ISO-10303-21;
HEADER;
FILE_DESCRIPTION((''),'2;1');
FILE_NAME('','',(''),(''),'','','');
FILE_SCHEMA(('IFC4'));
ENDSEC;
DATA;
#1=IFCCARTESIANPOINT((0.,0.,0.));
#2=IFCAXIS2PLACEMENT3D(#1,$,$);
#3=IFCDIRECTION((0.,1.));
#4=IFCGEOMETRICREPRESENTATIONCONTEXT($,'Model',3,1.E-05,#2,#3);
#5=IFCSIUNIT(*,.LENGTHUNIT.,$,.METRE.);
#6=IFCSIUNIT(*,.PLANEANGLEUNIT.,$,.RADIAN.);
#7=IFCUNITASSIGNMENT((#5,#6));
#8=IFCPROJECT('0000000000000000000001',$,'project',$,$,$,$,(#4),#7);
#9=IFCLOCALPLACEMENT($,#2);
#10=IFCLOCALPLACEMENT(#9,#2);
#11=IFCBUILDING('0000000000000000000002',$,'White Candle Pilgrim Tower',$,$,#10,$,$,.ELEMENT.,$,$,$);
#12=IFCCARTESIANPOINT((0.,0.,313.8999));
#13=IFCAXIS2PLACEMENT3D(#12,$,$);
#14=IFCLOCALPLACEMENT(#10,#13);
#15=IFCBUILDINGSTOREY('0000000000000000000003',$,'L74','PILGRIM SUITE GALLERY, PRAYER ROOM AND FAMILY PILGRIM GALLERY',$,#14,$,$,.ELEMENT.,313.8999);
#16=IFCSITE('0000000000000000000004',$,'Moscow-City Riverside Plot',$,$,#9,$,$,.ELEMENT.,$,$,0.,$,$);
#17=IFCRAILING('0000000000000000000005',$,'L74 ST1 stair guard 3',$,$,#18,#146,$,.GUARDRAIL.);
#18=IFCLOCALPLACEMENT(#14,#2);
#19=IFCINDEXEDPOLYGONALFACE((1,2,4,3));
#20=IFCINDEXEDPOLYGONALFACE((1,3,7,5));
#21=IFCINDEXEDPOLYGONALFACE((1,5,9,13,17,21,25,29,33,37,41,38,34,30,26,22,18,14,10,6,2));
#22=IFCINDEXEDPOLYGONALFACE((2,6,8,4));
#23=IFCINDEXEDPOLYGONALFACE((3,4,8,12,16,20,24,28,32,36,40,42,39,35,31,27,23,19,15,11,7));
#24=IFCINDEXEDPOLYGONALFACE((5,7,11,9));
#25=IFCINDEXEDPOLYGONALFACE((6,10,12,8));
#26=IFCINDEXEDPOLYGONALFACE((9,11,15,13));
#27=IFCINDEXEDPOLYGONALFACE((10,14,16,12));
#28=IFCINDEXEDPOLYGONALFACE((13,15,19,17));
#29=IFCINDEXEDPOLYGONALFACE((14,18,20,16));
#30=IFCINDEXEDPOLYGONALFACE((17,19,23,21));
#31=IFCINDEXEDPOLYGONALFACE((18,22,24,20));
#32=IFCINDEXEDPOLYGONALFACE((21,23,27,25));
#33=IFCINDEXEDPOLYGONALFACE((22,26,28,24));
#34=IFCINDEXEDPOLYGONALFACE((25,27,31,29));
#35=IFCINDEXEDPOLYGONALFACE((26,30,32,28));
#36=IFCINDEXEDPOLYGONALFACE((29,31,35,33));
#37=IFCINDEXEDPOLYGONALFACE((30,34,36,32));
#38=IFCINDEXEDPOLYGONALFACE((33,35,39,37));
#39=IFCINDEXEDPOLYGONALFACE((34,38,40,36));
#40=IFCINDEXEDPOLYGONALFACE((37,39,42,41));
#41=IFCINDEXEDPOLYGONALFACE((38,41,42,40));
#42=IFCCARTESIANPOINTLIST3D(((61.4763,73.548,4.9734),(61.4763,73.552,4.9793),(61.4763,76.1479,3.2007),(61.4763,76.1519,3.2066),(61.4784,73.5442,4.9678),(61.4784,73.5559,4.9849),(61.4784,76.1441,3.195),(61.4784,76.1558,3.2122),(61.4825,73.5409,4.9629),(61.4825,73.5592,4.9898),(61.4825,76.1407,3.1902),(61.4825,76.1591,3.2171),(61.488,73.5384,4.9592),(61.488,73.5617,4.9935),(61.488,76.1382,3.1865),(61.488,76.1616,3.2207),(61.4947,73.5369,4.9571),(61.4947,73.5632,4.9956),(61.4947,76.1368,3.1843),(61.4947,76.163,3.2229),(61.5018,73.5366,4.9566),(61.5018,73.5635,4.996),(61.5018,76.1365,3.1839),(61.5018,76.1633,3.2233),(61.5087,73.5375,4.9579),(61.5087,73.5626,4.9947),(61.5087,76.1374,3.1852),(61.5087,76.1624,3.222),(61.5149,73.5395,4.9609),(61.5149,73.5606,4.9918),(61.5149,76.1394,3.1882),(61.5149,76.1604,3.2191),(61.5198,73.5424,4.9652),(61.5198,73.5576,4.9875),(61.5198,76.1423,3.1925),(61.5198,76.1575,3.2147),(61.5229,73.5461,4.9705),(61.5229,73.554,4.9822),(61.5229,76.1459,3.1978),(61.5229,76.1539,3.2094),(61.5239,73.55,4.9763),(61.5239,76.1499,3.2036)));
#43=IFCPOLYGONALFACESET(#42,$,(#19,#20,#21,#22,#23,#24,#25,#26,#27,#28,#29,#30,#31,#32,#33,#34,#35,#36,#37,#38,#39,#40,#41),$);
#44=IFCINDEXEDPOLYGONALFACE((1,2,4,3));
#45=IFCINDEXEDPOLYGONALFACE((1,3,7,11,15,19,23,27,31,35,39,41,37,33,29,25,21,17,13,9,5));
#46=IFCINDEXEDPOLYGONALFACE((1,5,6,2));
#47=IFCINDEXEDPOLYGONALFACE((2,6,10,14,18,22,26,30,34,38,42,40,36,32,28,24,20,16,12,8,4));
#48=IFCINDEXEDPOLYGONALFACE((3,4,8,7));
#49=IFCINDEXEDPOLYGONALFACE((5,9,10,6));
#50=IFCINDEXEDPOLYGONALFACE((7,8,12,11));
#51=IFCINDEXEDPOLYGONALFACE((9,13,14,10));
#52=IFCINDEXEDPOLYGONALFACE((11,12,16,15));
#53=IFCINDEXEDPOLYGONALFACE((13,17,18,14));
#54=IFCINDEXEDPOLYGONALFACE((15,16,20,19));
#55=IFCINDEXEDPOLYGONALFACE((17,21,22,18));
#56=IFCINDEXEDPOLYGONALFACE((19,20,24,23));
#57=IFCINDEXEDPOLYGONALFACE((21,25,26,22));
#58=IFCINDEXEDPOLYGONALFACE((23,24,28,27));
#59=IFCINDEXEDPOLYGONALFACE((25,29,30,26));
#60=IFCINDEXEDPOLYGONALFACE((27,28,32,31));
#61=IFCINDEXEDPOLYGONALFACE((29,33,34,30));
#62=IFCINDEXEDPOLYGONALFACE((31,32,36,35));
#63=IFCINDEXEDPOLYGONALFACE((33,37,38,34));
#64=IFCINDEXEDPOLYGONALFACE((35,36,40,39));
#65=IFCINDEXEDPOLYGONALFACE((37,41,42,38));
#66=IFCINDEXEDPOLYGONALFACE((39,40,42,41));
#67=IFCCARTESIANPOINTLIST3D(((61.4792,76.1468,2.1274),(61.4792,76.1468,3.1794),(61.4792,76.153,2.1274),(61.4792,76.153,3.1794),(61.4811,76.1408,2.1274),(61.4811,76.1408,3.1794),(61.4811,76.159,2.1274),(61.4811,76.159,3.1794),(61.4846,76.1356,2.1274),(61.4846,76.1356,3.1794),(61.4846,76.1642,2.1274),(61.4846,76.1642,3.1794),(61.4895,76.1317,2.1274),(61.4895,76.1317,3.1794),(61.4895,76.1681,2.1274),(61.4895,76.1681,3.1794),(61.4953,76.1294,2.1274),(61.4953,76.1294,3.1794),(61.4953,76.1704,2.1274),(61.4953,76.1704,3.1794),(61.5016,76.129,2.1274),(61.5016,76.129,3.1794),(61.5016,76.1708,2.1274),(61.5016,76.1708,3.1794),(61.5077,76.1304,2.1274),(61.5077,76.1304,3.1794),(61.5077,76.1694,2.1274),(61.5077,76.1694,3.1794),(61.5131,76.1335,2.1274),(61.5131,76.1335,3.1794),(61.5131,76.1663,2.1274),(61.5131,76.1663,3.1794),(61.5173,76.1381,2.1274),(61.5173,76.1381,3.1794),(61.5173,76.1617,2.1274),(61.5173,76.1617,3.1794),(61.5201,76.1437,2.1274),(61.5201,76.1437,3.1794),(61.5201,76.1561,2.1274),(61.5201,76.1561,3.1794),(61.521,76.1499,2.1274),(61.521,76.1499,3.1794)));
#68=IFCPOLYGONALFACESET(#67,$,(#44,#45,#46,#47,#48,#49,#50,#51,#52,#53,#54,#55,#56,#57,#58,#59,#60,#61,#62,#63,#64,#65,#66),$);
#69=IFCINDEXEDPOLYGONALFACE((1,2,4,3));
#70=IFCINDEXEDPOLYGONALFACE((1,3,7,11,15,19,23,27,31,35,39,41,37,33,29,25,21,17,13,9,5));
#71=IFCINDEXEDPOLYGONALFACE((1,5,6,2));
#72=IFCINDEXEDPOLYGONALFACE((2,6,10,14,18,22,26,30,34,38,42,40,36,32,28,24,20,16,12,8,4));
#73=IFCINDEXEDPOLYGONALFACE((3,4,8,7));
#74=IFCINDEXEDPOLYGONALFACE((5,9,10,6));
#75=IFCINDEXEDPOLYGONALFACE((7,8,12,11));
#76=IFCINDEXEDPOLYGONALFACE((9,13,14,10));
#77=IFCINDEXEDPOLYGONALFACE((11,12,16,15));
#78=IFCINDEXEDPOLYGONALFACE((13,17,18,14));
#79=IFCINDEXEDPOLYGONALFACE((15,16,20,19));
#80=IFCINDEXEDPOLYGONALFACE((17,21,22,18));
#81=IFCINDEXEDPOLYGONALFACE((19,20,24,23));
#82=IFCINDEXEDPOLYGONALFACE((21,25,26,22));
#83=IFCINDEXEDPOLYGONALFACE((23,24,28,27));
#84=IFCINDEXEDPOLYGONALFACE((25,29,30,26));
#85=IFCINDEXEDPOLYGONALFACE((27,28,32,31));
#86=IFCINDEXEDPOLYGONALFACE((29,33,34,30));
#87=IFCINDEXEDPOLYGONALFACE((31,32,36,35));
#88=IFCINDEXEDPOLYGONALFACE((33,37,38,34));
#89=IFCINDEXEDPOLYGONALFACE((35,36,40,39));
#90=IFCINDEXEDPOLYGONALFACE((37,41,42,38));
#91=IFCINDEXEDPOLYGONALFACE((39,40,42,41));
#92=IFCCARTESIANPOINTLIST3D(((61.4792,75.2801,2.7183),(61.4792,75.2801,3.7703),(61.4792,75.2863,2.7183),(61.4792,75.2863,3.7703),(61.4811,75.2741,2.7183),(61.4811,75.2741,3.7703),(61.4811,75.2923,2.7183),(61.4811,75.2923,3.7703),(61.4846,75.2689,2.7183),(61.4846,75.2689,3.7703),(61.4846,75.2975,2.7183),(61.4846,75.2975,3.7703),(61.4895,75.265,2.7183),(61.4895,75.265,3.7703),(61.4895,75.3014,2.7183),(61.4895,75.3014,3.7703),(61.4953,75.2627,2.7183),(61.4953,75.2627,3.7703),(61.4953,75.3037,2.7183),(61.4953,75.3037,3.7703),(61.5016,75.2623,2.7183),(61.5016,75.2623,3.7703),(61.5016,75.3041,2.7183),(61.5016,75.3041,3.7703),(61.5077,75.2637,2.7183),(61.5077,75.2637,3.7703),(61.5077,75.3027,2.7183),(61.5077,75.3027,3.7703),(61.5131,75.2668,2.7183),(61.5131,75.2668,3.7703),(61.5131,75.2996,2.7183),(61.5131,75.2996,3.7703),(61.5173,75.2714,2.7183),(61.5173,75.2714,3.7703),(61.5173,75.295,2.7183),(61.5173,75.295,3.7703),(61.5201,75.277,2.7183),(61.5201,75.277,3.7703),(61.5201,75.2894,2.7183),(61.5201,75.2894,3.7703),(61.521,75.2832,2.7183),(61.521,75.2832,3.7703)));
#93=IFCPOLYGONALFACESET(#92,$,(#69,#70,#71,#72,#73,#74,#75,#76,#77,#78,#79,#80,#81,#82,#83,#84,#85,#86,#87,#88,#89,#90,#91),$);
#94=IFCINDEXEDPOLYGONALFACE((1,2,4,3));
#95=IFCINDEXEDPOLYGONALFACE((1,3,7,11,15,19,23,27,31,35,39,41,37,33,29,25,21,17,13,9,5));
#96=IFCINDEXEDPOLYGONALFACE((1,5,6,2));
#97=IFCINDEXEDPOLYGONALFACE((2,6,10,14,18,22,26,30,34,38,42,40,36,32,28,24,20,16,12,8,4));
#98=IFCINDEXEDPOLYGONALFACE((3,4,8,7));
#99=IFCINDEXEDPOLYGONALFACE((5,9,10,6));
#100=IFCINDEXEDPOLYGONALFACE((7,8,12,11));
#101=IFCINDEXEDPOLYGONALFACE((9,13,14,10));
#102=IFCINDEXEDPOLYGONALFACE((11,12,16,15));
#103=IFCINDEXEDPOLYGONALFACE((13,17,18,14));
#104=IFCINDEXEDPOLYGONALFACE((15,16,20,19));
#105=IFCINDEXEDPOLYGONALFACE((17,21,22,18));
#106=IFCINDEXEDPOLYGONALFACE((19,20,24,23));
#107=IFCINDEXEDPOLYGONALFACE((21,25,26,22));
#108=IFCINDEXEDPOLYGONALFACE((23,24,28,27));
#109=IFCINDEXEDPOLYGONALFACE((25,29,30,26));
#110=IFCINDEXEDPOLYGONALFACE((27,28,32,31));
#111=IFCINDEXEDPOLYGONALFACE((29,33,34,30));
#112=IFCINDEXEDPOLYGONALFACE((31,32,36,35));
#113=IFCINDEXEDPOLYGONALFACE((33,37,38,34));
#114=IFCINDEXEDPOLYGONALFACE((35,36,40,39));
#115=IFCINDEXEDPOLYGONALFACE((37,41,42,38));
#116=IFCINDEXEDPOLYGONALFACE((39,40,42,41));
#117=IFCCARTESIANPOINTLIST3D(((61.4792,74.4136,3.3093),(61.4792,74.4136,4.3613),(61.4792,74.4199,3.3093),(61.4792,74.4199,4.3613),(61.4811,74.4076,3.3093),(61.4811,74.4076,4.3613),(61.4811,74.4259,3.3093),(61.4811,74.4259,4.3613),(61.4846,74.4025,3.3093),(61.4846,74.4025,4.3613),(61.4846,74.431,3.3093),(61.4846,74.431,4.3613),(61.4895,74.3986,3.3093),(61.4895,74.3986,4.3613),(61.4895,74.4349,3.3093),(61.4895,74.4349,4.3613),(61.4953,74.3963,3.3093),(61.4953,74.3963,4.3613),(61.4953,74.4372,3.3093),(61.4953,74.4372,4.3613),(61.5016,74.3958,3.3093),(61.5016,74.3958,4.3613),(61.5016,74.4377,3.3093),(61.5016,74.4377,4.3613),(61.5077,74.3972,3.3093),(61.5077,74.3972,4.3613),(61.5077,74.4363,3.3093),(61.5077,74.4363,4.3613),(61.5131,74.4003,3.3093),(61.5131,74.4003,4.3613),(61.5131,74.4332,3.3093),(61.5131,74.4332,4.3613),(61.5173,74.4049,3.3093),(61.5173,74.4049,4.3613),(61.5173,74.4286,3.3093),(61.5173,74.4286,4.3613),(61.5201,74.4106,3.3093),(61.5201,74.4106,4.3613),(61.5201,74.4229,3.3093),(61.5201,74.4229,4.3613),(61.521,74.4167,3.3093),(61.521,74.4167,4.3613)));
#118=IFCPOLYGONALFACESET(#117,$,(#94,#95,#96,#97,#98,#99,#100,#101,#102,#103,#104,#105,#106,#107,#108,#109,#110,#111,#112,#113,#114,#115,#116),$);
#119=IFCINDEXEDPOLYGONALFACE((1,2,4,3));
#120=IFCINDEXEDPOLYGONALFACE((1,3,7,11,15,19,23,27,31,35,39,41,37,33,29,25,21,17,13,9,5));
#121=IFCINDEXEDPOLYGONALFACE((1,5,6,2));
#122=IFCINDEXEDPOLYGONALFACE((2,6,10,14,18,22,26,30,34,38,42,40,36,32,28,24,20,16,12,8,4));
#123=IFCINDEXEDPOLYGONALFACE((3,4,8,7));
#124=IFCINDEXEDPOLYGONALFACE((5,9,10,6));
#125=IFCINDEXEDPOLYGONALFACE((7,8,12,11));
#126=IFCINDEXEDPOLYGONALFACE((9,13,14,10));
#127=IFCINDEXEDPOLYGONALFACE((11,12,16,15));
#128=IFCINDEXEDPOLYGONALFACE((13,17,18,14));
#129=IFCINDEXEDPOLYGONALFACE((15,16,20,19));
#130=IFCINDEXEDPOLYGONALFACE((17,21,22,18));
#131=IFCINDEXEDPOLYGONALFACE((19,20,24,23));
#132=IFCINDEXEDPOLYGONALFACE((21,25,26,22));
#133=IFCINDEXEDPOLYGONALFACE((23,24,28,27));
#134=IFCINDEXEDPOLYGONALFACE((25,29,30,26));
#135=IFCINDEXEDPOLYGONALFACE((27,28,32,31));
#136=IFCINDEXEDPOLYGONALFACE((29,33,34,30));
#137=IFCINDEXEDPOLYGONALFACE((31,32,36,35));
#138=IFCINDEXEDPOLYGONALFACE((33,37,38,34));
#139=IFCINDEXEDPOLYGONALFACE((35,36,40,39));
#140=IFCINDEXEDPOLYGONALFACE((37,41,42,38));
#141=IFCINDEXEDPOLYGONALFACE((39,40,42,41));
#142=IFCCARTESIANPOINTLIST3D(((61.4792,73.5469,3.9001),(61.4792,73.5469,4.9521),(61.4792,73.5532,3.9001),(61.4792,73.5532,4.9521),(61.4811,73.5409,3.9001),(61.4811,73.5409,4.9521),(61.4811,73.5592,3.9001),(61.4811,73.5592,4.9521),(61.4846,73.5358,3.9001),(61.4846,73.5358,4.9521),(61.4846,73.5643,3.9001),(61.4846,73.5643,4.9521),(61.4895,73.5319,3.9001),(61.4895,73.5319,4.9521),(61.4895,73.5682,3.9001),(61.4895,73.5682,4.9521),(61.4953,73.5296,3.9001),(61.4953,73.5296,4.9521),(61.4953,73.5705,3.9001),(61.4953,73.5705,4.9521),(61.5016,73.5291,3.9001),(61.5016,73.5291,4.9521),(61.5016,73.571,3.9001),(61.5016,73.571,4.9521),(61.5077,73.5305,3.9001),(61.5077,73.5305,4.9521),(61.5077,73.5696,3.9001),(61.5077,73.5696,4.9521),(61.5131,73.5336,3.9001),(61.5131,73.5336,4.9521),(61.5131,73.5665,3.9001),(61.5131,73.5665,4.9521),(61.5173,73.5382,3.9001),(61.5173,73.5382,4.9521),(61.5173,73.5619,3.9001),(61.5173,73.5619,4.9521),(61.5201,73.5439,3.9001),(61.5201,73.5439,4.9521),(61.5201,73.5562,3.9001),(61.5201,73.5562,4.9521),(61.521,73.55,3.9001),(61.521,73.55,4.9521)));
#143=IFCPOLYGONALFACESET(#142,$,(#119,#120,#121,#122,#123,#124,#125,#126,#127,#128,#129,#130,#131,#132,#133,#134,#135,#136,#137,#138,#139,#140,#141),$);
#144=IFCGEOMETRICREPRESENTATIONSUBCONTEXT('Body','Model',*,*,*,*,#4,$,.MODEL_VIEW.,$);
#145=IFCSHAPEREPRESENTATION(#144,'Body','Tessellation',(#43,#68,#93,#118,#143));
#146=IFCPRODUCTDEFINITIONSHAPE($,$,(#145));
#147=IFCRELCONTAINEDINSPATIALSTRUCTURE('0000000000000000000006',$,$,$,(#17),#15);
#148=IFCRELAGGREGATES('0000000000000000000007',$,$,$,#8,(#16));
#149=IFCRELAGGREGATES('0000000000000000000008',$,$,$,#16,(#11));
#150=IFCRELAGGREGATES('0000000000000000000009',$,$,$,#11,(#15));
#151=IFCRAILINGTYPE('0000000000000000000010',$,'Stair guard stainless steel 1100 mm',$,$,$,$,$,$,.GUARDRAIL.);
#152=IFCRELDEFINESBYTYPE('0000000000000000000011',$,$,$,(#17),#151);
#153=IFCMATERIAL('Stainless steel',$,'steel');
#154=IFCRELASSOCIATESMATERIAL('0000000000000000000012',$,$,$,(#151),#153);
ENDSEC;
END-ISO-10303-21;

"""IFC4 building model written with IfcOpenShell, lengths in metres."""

from ifc_helpers import new_model, si_unit, direction, frame, origin, origin_2d, place, context, subcontext, project, spatial, circle, extrude, material, type_object, element, save


model = new_model("IFC4")

# Units and contexts
model_context = context("Model", 3, precision=1e-05, world=origin(), true_north=direction((0.0, 1.0)))
body_context = subcontext(model_context, "Body", "Model", "MODEL_VIEW")
ifc_project = project(units=[si_unit("LENGTHUNIT", "METRE"), si_unit("PLANEANGLEUNIT", "RADIAN")], contexts=[model_context])

# Site, building, storey
site_placement = place(None, origin())
site = spatial("IfcSite", under=ifc_project, at=site_placement, Name="Moscow-City Riverside Plot", CompositionType="ELEMENT", RefElevation=0.0)
building_placement = place(site_placement, origin())
building = spatial("IfcBuilding", under=site, at=building_placement, Name="White Candle Pilgrim Tower", CompositionType="ELEMENT")
storey_placement = place(building_placement, frame((0.0, 0.0, 313.8999)))
storey = spatial("IfcBuildingStorey", under=building, at=storey_placement, Name="L74", Description="PILGRIM SUITE GALLERY, PRAYER ROOM AND FAMILY PILGRIM GALLERY", CompositionType="ELEMENT", Elevation=313.8999)

# Shared definitions
ifc_material_1 = material(Name="Stainless steel", Category="steel")

# Railing
railing_type = type_object("IfcRailingType", Name="Stair guard stainless steel 1100 mm", PredefinedType="GUARDRAIL", material=ifc_material_1)
railing_1_placement = place(storey_placement, frame((61.5, 76.1499, 2.1274)))
element("IfcRailing", 1, at=railing_1_placement, inside=storey, type_object=railing_type, Name="L74 ST1 stair guard 3", PredefinedType="GUARDRAIL", context=body_context, shape_type="SweptSolid", body=[
    extrude(circle(Radius=0.0239, at=origin_2d()), frame((0.0, 0.0, 1.0762), z_axis=(0.0, -0.826216, 0.563354), x_axis=(1.0, 0.0, 0.0)), (0.0, 0.0, 1.0), 3.1467),
    extrude(circle(Radius=0.021, at=origin_2d()), origin(), (0.0, 0.0, 1.0), 1.052),
    extrude(circle(Radius=0.021, at=origin_2d()), frame((0.0, -0.8667, 0.5908)), (0.0, 0.0, 1.0), 1.052),
    extrude(circle(Radius=0.021, at=origin_2d()), frame((0.0, -1.7332, 1.1819)), (0.0, 0.0, 1.0), 1.052),
    extrude(circle(Radius=0.021, at=origin_2d()), frame((0.0, -2.5999, 1.7727)), (0.0, 0.0, 1.0), 1.052),
])

save(model, "model.ifc")
